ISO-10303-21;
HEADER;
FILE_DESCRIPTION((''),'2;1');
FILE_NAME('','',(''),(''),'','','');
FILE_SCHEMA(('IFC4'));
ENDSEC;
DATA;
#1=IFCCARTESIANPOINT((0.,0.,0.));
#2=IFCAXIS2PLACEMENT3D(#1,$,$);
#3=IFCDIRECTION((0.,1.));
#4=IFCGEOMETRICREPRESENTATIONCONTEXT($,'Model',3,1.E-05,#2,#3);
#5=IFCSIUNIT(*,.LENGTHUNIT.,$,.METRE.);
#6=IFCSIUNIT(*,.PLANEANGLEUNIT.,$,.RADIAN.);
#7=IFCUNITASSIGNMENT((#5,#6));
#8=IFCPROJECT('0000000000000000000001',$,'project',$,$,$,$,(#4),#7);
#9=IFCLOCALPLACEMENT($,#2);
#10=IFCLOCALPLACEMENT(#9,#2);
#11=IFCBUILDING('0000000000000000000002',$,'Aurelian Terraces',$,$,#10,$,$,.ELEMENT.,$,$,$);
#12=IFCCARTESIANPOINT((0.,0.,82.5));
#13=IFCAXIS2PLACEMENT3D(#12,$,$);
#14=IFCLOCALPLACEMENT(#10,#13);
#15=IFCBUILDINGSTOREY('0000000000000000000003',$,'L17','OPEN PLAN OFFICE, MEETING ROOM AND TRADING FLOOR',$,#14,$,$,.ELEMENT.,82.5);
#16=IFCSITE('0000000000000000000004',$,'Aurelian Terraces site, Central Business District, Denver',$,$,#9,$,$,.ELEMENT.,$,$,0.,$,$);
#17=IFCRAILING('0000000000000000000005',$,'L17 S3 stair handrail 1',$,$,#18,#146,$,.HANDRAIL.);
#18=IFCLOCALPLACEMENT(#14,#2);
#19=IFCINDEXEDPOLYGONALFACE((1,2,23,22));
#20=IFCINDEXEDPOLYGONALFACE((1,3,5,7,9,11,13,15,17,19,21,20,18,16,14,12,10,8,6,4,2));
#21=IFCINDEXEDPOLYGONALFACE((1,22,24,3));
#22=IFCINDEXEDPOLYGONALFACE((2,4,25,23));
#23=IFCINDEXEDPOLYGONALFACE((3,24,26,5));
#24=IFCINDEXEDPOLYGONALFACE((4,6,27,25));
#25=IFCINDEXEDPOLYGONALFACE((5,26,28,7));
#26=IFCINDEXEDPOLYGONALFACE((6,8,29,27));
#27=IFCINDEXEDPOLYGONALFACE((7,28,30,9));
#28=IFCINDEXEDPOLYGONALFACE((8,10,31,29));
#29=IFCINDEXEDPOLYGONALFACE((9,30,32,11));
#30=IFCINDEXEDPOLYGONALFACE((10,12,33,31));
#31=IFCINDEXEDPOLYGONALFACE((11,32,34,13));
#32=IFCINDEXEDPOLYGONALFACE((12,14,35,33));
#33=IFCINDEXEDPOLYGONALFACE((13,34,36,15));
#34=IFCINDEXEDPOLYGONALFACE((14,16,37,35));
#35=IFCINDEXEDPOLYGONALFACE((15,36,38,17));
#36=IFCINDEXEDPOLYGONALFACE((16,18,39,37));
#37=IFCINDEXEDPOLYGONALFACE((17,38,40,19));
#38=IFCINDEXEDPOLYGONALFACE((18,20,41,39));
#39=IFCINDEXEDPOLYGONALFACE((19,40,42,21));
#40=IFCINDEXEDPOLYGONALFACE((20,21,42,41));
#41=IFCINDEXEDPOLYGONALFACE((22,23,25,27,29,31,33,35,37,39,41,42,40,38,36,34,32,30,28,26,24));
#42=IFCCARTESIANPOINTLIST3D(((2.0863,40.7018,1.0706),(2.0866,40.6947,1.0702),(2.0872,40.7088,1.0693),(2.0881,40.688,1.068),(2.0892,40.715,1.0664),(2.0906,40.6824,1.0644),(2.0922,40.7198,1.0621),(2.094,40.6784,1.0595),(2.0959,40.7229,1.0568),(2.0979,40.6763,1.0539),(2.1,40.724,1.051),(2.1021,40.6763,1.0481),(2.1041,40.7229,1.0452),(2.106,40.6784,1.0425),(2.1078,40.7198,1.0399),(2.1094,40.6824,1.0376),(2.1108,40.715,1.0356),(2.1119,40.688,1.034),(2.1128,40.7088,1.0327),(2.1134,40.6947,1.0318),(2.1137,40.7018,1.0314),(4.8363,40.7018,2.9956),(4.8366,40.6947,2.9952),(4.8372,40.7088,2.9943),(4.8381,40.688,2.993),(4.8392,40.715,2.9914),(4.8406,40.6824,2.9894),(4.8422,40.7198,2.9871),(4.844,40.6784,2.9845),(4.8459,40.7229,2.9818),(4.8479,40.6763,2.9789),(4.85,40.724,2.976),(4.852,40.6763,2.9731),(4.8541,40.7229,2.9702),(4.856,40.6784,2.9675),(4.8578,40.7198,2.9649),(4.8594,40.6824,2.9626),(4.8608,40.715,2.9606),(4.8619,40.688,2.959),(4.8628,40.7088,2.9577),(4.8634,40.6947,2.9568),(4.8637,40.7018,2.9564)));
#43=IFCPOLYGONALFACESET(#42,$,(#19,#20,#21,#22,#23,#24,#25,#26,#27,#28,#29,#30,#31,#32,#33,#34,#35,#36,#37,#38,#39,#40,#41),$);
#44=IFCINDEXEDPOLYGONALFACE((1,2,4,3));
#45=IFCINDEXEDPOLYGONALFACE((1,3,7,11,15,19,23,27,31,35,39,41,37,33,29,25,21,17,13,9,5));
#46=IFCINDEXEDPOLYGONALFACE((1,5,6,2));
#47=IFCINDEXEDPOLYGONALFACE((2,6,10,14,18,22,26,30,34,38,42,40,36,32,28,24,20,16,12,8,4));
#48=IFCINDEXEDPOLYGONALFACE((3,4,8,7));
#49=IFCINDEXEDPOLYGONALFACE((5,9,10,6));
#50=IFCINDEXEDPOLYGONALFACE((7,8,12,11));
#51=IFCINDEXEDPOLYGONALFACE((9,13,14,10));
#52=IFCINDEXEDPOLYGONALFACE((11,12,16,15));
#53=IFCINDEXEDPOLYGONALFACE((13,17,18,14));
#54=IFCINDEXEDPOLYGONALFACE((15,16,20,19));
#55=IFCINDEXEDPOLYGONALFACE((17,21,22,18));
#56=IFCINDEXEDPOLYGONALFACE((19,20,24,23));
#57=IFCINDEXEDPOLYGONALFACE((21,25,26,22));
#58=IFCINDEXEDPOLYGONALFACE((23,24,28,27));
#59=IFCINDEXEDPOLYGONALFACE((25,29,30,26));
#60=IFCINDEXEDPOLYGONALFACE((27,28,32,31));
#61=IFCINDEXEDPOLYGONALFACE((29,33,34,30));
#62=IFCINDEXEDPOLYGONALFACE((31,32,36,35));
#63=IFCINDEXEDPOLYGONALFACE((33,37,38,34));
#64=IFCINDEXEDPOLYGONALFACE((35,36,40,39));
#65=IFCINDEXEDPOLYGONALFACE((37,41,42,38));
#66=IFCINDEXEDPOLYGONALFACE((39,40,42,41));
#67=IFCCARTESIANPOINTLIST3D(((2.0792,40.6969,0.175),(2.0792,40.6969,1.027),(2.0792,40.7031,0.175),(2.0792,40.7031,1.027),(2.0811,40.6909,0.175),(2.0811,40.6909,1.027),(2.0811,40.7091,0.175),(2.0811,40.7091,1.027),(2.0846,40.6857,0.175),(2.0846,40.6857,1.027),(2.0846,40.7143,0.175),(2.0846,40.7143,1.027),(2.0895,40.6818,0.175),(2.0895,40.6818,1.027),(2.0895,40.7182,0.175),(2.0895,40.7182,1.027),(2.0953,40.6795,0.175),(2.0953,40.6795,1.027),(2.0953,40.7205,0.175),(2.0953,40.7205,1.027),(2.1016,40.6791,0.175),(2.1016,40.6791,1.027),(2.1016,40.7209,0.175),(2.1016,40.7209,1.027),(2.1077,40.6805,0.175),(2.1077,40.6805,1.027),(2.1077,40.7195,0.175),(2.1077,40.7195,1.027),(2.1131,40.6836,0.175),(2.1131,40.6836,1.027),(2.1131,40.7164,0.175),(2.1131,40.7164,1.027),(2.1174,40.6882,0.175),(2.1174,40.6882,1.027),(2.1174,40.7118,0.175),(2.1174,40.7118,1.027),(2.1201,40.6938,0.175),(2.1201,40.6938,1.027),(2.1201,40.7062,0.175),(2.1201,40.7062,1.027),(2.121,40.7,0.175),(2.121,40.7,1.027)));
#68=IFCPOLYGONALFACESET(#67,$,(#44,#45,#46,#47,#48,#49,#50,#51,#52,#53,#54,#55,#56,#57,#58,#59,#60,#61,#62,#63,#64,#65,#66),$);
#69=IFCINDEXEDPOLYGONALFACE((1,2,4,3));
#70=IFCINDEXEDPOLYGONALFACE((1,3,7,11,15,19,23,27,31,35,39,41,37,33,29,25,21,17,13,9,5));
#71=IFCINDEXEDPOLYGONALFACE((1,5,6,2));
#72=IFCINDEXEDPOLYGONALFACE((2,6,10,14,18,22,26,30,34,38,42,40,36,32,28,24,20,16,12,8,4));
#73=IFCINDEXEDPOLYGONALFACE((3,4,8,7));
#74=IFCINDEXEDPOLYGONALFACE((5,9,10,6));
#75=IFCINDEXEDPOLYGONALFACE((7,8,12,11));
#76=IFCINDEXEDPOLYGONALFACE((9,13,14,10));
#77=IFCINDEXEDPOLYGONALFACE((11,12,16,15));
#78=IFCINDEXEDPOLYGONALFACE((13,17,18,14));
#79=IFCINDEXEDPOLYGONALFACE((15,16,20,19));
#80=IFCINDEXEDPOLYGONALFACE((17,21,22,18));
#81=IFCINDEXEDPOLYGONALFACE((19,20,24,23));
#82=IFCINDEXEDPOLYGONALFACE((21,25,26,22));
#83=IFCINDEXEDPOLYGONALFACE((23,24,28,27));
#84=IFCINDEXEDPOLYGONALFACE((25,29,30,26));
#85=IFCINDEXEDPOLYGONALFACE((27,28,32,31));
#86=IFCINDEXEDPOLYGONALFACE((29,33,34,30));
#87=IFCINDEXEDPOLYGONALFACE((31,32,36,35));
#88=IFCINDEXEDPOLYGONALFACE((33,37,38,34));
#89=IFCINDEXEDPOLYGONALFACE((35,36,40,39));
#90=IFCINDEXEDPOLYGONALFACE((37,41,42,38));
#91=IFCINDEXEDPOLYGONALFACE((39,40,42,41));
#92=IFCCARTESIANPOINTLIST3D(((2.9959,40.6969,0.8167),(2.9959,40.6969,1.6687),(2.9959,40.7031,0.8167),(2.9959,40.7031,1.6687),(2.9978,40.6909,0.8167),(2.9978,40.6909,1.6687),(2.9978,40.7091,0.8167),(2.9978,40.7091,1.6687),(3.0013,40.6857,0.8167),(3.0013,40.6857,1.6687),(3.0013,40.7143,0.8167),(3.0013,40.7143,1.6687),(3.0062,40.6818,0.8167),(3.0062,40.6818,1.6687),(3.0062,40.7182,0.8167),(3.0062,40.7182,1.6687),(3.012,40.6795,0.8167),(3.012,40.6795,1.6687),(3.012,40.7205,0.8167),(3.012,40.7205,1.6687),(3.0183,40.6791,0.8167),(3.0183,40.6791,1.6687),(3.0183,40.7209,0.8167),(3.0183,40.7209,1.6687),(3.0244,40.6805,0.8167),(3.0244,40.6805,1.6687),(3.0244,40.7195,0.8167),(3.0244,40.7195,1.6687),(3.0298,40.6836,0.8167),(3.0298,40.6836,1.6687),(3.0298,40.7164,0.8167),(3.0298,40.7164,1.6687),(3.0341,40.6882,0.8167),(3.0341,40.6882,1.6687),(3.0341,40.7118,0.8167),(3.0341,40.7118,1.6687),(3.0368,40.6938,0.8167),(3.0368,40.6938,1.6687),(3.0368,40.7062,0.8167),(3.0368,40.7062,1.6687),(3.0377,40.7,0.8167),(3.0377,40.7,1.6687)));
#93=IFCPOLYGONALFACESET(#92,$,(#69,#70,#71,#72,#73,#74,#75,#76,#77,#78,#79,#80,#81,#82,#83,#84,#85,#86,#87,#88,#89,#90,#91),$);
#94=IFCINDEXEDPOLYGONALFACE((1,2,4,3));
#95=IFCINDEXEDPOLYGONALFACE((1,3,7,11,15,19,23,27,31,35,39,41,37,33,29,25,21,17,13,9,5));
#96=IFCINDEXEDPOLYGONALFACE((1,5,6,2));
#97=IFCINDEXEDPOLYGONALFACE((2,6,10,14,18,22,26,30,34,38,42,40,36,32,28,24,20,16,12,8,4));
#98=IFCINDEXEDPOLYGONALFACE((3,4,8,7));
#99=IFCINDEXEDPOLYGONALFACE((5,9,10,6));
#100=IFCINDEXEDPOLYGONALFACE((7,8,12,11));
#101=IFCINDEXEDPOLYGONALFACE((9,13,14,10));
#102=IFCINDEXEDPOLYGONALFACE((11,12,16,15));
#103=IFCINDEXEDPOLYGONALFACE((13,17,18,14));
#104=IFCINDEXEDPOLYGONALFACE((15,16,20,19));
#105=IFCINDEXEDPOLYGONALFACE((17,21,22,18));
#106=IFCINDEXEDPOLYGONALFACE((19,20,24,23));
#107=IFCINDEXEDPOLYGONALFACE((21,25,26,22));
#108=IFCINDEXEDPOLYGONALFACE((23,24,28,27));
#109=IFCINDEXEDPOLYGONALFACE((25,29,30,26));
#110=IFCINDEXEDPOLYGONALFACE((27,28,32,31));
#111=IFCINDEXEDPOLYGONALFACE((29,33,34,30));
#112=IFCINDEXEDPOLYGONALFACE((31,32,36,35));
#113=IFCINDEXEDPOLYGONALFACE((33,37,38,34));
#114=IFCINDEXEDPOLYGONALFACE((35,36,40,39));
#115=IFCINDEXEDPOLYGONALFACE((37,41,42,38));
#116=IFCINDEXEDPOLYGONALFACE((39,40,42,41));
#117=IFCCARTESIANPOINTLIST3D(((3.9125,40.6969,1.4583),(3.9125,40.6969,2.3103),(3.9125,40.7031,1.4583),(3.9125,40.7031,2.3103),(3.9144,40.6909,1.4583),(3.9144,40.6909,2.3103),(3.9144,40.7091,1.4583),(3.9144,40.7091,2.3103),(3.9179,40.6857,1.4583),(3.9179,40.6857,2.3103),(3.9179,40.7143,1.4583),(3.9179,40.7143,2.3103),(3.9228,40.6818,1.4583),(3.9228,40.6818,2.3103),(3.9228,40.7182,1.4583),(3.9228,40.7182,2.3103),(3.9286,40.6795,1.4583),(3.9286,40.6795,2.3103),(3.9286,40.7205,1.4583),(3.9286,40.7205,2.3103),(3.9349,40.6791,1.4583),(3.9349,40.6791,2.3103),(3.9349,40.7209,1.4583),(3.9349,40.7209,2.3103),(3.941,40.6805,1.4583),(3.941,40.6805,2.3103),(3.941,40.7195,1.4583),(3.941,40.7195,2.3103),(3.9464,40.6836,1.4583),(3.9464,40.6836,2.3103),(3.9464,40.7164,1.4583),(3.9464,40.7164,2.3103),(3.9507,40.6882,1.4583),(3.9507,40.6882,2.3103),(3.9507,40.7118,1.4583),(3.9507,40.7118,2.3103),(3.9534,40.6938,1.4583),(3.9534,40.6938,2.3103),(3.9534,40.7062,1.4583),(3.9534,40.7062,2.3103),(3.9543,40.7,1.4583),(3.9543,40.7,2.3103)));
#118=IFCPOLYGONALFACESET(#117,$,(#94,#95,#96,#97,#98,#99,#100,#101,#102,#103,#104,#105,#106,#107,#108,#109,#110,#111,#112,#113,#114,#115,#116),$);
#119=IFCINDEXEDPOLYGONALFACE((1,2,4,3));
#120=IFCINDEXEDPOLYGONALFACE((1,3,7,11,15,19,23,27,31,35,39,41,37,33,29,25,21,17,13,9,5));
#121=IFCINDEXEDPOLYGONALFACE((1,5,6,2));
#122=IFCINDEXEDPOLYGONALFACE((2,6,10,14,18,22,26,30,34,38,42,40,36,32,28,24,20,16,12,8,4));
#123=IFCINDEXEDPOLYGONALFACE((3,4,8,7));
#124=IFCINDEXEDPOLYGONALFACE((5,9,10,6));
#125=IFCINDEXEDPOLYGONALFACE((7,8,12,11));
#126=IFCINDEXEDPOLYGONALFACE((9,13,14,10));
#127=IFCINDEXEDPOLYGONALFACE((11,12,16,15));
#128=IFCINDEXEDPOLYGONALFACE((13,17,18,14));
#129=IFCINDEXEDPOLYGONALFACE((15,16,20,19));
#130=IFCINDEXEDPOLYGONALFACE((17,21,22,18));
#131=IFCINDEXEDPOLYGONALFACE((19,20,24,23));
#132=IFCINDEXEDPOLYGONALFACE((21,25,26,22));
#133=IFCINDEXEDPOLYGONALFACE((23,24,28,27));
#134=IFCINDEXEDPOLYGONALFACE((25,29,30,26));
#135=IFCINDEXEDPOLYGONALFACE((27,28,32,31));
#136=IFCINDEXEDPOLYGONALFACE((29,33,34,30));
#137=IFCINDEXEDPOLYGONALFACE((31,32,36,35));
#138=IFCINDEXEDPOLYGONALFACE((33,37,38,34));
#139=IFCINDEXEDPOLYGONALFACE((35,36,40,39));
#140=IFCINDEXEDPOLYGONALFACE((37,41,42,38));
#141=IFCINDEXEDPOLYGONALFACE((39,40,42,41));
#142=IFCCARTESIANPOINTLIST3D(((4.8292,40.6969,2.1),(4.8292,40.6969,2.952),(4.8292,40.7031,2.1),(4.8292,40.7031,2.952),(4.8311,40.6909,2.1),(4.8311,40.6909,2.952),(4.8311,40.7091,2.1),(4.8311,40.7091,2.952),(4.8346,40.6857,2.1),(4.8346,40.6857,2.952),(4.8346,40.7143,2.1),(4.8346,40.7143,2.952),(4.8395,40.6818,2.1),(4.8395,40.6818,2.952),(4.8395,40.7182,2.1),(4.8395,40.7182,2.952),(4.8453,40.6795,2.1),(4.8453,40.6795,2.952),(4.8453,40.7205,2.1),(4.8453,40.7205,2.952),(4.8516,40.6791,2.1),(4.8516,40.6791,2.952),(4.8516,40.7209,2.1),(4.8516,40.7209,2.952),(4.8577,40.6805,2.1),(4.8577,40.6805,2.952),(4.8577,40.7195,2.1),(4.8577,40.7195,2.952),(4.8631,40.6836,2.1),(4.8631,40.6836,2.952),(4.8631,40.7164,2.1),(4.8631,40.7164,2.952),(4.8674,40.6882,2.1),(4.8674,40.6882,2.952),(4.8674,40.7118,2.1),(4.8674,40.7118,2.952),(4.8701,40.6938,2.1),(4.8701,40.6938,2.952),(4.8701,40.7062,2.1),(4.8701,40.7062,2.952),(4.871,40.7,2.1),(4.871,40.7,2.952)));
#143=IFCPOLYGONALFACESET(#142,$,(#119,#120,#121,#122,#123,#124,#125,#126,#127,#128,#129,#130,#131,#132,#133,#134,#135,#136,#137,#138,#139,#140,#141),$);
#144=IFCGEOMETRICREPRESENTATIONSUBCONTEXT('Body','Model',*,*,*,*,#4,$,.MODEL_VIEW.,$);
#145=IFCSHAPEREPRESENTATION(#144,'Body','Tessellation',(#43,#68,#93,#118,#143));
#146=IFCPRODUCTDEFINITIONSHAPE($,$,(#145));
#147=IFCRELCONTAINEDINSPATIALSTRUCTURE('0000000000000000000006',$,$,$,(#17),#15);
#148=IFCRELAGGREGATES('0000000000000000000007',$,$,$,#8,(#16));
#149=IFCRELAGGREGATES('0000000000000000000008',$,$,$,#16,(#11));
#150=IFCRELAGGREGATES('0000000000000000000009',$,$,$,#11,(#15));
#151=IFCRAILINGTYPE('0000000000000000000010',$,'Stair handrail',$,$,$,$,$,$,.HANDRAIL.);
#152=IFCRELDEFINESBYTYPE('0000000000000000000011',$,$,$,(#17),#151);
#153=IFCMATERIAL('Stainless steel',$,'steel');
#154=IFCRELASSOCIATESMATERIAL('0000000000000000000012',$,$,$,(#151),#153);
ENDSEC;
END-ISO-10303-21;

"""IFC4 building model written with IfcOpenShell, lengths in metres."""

from ifc_helpers import new_model, si_unit, direction, frame, origin, origin_2d, place, context, subcontext, project, spatial, circle, extrude, source, transform, mapped, material, type_object, element, save


model = new_model("IFC4")

# Units and contexts
model_context = context("Model", 3, precision=1e-05, world=origin(), true_north=direction((0.0, 1.0)))
body_context = subcontext(model_context, "Body", "Model", "MODEL_VIEW")
ifc_project = project(units=[si_unit("LENGTHUNIT", "METRE"), si_unit("PLANEANGLEUNIT", "RADIAN")], contexts=[model_context])

# Site, building, storey
site_placement = place(None, origin())
site = spatial("IfcSite", under=ifc_project, at=site_placement, Name="Aurelian Terraces site, Central Business District, Denver", CompositionType="ELEMENT", RefElevation=0.0)
building_placement = place(site_placement, origin())
building = spatial("IfcBuilding", under=site, at=building_placement, Name="Aurelian Terraces", CompositionType="ELEMENT")
storey_placement = place(building_placement, frame((0.0, 0.0, 82.5)))
storey = spatial("IfcBuildingStorey", under=building, at=storey_placement, Name="L17", Description="OPEN PLAN OFFICE, MEETING ROOM AND TRADING FLOOR", CompositionType="ELEMENT", Elevation=82.5)

# Railing
ifc_material_1 = material(Name="Stainless steel", Category="steel")
railing_type_1 = type_object("IfcRailingType", Name="Stair handrail", PredefinedType="HANDRAIL", material=ifc_material_1)
shared_shape_1 = source(origin(), body_context, "Body", "SweptSolid", [
    extrude(circle(Radius=0.024, at=origin_2d()), frame((0.0, 0.0, 0.876), z_axis=(0.819232, 0.0, 0.573462), x_axis=(0.0, 1.0, 0.0)), (0.0, 0.0, 1.0), 3.3568),
    extrude(circle(Radius=0.021, at=origin_2d()), origin(), (0.0, 0.0, 1.0), 0.852),
    extrude(circle(Radius=0.021, at=origin_2d()), frame((0.9167, 0.0, 0.6417)), (0.0, 0.0, 1.0), 0.852),
    extrude(circle(Radius=0.021, at=origin_2d()), frame((1.8333, 0.0, 1.2833)), (0.0, 0.0, 1.0), 0.852),
    extrude(circle(Radius=0.021, at=origin_2d()), frame((2.75, 0.0, 1.925)), (0.0, 0.0, 1.0), 0.852),
])
railing_1_placement = place(storey_placement, frame((2.1, 40.7, 0.175)))
element("IfcRailing", 1, at=railing_1_placement, inside=storey, type_object=railing_type_1, Name="L17 S3 stair handrail 1", PredefinedType="HANDRAIL", context=body_context, shape_type="MappedRepresentation", body=[
    mapped(shared_shape_1, transform((0.0, 0.0, 0.0), scale=1.0)),
])

save(model, "model.ifc")
